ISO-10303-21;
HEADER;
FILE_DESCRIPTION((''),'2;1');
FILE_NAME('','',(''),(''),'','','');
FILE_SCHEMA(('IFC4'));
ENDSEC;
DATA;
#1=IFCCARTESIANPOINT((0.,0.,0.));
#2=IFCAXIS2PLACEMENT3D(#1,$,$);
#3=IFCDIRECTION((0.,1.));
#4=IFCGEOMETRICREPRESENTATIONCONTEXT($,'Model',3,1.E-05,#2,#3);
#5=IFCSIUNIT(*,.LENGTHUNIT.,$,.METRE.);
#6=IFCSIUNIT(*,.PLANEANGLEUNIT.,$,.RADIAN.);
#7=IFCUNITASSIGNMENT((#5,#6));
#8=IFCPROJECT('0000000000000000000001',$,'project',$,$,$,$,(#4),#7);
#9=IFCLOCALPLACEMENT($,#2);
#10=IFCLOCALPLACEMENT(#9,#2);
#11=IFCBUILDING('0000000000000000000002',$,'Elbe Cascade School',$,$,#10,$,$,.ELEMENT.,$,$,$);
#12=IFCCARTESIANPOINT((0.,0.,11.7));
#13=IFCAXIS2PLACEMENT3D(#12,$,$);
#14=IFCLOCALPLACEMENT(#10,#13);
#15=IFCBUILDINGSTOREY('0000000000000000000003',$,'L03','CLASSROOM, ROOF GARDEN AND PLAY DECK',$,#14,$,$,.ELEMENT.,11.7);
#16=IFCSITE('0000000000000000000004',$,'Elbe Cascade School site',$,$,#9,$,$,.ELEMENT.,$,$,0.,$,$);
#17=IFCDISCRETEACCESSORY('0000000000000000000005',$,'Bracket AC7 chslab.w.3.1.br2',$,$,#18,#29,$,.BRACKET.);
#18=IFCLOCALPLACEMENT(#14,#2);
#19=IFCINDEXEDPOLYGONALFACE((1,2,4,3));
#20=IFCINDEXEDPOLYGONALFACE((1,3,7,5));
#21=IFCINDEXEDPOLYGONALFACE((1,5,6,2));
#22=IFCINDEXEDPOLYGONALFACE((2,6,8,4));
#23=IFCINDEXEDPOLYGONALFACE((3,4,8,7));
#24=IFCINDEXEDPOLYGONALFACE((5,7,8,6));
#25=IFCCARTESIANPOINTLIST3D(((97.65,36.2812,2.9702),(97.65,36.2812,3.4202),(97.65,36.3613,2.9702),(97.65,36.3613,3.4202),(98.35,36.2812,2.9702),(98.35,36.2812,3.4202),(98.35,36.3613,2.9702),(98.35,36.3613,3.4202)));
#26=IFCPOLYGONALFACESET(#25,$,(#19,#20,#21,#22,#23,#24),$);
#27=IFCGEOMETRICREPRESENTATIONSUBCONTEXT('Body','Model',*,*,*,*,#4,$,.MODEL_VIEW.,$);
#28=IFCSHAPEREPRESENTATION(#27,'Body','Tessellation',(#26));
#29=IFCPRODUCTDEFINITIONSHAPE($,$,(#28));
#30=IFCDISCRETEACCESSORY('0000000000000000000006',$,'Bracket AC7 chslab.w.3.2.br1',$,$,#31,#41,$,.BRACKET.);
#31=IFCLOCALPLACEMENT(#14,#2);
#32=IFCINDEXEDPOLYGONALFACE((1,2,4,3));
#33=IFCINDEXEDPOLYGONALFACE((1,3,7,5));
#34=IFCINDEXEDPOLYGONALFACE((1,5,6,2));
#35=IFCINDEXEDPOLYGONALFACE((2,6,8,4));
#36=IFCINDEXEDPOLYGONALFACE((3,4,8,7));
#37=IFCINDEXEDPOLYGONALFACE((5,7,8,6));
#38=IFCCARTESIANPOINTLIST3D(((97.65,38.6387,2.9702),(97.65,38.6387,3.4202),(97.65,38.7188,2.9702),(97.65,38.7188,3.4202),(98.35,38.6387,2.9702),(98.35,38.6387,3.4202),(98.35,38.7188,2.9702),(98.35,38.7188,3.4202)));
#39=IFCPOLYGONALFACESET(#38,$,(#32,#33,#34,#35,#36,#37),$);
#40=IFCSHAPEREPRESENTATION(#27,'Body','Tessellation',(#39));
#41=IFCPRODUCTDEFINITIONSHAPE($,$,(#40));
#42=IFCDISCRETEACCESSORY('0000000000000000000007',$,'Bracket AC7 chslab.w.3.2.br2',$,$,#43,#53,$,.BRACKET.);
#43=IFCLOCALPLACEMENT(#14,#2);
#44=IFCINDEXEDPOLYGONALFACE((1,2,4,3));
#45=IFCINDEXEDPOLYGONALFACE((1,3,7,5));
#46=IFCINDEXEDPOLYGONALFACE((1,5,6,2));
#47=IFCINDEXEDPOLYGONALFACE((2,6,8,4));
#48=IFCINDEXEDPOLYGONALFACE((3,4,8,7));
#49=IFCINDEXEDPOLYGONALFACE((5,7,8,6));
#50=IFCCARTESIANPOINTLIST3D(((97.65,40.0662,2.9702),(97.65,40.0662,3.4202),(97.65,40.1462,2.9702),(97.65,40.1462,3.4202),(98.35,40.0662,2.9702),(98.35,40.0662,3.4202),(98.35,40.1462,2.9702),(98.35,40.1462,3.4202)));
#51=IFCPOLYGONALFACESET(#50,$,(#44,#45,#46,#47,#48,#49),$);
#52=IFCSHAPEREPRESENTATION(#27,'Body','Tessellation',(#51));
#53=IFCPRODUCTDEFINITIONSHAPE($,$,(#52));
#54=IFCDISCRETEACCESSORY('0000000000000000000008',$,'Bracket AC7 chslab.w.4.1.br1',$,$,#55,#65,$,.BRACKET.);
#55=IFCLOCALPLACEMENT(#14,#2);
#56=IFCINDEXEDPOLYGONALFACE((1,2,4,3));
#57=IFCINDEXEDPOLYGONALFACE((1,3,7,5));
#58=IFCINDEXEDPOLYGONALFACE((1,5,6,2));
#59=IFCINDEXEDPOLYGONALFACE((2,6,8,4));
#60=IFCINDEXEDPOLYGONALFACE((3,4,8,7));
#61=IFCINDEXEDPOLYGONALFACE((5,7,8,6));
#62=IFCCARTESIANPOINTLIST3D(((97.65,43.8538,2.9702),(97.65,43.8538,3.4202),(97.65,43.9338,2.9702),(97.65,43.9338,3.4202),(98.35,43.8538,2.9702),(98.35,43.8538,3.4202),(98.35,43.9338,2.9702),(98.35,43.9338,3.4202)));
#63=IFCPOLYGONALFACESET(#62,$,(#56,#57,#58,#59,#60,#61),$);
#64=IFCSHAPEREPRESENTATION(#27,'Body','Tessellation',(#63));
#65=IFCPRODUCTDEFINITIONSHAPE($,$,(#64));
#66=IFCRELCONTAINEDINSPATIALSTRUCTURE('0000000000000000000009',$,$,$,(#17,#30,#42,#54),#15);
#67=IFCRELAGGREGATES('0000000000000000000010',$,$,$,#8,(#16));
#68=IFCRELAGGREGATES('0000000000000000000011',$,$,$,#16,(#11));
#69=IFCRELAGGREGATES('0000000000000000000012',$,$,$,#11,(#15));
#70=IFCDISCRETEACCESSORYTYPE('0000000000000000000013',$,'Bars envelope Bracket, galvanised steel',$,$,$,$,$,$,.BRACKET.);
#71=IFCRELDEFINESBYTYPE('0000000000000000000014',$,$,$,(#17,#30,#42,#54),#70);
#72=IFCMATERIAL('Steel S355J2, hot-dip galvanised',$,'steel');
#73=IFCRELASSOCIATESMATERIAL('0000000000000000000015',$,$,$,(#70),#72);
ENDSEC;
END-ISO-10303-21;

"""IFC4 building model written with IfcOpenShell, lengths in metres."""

from ifc_helpers import new_model, si_unit, direction, frame, origin, origin_2d, place, context, subcontext, project, spatial, rectangle, extrude, material, type_object, element, save


model = new_model("IFC4")

# Units and contexts
model_context = context("Model", 3, precision=1e-05, world=origin(), true_north=direction((0.0, 1.0)))
body_context = subcontext(model_context, "Body", "Model", "MODEL_VIEW")
ifc_project = project(units=[si_unit("LENGTHUNIT", "METRE"), si_unit("PLANEANGLEUNIT", "RADIAN")], contexts=[model_context])

# Site, building, storey
site_placement = place(None, origin())
site = spatial("IfcSite", under=ifc_project, at=site_placement, Name="Elbe Cascade School site", CompositionType="ELEMENT", RefElevation=0.0)
building_placement = place(site_placement, origin())
building = spatial("IfcBuilding", under=site, at=building_placement, Name="Elbe Cascade School", CompositionType="ELEMENT")
storey_placement = place(building_placement, frame((0.0, 0.0, 11.7)))
storey = spatial("IfcBuildingStorey", under=building, at=storey_placement, Name="L03", Description="CLASSROOM, ROOF GARDEN AND PLAY DECK", CompositionType="ELEMENT", Elevation=11.7)

# Discrete accessories
ifc_material_1 = material(Name="Steel S355J2, hot-dip galvanised", Category="steel")
discrete_accessory_type = type_object("IfcDiscreteAccessoryType", Name="Bars envelope Bracket, galvanised steel", PredefinedType="BRACKET", material=ifc_material_1)
for number, where, z_axis, x_axis, name in (
    (1, (98.0, 36.3213, 2.9702), (0.0, 0.0, 1.0), (0.0, 1.0, 0.0), "Bracket AC7 chslab.w.3.1.br2"),
    (2, (98.0, 38.6787, 2.9702), (0.0, 0.0, 1.0), (0.0, 1.0, 0.0), "Bracket AC7 chslab.w.3.2.br1"),
    (3, (98.0, 40.1062, 2.9702), (0.0, 0.0, 1.0), (0.0, 1.0, 0.0), "Bracket AC7 chslab.w.3.2.br2"),
    (4, (98.0, 43.8938, 2.9702), (0.0, 0.0, 1.0), (0.0, 1.0, 0.0), "Bracket AC7 chslab.w.4.1.br1"),
):
    element("IfcDiscreteAccessory", number, at=place(storey_placement, frame(where, z_axis=z_axis, x_axis=x_axis)), inside=storey, type_object=discrete_accessory_type, Name=name, PredefinedType="BRACKET", context=body_context, shape_type="SweptSolid", body=[
        extrude(rectangle(XDim=0.0801, YDim=0.7, at=origin_2d()), origin(), (0.0, 0.0, 1.0), 0.45),
    ])

save(model, "model.ifc")
